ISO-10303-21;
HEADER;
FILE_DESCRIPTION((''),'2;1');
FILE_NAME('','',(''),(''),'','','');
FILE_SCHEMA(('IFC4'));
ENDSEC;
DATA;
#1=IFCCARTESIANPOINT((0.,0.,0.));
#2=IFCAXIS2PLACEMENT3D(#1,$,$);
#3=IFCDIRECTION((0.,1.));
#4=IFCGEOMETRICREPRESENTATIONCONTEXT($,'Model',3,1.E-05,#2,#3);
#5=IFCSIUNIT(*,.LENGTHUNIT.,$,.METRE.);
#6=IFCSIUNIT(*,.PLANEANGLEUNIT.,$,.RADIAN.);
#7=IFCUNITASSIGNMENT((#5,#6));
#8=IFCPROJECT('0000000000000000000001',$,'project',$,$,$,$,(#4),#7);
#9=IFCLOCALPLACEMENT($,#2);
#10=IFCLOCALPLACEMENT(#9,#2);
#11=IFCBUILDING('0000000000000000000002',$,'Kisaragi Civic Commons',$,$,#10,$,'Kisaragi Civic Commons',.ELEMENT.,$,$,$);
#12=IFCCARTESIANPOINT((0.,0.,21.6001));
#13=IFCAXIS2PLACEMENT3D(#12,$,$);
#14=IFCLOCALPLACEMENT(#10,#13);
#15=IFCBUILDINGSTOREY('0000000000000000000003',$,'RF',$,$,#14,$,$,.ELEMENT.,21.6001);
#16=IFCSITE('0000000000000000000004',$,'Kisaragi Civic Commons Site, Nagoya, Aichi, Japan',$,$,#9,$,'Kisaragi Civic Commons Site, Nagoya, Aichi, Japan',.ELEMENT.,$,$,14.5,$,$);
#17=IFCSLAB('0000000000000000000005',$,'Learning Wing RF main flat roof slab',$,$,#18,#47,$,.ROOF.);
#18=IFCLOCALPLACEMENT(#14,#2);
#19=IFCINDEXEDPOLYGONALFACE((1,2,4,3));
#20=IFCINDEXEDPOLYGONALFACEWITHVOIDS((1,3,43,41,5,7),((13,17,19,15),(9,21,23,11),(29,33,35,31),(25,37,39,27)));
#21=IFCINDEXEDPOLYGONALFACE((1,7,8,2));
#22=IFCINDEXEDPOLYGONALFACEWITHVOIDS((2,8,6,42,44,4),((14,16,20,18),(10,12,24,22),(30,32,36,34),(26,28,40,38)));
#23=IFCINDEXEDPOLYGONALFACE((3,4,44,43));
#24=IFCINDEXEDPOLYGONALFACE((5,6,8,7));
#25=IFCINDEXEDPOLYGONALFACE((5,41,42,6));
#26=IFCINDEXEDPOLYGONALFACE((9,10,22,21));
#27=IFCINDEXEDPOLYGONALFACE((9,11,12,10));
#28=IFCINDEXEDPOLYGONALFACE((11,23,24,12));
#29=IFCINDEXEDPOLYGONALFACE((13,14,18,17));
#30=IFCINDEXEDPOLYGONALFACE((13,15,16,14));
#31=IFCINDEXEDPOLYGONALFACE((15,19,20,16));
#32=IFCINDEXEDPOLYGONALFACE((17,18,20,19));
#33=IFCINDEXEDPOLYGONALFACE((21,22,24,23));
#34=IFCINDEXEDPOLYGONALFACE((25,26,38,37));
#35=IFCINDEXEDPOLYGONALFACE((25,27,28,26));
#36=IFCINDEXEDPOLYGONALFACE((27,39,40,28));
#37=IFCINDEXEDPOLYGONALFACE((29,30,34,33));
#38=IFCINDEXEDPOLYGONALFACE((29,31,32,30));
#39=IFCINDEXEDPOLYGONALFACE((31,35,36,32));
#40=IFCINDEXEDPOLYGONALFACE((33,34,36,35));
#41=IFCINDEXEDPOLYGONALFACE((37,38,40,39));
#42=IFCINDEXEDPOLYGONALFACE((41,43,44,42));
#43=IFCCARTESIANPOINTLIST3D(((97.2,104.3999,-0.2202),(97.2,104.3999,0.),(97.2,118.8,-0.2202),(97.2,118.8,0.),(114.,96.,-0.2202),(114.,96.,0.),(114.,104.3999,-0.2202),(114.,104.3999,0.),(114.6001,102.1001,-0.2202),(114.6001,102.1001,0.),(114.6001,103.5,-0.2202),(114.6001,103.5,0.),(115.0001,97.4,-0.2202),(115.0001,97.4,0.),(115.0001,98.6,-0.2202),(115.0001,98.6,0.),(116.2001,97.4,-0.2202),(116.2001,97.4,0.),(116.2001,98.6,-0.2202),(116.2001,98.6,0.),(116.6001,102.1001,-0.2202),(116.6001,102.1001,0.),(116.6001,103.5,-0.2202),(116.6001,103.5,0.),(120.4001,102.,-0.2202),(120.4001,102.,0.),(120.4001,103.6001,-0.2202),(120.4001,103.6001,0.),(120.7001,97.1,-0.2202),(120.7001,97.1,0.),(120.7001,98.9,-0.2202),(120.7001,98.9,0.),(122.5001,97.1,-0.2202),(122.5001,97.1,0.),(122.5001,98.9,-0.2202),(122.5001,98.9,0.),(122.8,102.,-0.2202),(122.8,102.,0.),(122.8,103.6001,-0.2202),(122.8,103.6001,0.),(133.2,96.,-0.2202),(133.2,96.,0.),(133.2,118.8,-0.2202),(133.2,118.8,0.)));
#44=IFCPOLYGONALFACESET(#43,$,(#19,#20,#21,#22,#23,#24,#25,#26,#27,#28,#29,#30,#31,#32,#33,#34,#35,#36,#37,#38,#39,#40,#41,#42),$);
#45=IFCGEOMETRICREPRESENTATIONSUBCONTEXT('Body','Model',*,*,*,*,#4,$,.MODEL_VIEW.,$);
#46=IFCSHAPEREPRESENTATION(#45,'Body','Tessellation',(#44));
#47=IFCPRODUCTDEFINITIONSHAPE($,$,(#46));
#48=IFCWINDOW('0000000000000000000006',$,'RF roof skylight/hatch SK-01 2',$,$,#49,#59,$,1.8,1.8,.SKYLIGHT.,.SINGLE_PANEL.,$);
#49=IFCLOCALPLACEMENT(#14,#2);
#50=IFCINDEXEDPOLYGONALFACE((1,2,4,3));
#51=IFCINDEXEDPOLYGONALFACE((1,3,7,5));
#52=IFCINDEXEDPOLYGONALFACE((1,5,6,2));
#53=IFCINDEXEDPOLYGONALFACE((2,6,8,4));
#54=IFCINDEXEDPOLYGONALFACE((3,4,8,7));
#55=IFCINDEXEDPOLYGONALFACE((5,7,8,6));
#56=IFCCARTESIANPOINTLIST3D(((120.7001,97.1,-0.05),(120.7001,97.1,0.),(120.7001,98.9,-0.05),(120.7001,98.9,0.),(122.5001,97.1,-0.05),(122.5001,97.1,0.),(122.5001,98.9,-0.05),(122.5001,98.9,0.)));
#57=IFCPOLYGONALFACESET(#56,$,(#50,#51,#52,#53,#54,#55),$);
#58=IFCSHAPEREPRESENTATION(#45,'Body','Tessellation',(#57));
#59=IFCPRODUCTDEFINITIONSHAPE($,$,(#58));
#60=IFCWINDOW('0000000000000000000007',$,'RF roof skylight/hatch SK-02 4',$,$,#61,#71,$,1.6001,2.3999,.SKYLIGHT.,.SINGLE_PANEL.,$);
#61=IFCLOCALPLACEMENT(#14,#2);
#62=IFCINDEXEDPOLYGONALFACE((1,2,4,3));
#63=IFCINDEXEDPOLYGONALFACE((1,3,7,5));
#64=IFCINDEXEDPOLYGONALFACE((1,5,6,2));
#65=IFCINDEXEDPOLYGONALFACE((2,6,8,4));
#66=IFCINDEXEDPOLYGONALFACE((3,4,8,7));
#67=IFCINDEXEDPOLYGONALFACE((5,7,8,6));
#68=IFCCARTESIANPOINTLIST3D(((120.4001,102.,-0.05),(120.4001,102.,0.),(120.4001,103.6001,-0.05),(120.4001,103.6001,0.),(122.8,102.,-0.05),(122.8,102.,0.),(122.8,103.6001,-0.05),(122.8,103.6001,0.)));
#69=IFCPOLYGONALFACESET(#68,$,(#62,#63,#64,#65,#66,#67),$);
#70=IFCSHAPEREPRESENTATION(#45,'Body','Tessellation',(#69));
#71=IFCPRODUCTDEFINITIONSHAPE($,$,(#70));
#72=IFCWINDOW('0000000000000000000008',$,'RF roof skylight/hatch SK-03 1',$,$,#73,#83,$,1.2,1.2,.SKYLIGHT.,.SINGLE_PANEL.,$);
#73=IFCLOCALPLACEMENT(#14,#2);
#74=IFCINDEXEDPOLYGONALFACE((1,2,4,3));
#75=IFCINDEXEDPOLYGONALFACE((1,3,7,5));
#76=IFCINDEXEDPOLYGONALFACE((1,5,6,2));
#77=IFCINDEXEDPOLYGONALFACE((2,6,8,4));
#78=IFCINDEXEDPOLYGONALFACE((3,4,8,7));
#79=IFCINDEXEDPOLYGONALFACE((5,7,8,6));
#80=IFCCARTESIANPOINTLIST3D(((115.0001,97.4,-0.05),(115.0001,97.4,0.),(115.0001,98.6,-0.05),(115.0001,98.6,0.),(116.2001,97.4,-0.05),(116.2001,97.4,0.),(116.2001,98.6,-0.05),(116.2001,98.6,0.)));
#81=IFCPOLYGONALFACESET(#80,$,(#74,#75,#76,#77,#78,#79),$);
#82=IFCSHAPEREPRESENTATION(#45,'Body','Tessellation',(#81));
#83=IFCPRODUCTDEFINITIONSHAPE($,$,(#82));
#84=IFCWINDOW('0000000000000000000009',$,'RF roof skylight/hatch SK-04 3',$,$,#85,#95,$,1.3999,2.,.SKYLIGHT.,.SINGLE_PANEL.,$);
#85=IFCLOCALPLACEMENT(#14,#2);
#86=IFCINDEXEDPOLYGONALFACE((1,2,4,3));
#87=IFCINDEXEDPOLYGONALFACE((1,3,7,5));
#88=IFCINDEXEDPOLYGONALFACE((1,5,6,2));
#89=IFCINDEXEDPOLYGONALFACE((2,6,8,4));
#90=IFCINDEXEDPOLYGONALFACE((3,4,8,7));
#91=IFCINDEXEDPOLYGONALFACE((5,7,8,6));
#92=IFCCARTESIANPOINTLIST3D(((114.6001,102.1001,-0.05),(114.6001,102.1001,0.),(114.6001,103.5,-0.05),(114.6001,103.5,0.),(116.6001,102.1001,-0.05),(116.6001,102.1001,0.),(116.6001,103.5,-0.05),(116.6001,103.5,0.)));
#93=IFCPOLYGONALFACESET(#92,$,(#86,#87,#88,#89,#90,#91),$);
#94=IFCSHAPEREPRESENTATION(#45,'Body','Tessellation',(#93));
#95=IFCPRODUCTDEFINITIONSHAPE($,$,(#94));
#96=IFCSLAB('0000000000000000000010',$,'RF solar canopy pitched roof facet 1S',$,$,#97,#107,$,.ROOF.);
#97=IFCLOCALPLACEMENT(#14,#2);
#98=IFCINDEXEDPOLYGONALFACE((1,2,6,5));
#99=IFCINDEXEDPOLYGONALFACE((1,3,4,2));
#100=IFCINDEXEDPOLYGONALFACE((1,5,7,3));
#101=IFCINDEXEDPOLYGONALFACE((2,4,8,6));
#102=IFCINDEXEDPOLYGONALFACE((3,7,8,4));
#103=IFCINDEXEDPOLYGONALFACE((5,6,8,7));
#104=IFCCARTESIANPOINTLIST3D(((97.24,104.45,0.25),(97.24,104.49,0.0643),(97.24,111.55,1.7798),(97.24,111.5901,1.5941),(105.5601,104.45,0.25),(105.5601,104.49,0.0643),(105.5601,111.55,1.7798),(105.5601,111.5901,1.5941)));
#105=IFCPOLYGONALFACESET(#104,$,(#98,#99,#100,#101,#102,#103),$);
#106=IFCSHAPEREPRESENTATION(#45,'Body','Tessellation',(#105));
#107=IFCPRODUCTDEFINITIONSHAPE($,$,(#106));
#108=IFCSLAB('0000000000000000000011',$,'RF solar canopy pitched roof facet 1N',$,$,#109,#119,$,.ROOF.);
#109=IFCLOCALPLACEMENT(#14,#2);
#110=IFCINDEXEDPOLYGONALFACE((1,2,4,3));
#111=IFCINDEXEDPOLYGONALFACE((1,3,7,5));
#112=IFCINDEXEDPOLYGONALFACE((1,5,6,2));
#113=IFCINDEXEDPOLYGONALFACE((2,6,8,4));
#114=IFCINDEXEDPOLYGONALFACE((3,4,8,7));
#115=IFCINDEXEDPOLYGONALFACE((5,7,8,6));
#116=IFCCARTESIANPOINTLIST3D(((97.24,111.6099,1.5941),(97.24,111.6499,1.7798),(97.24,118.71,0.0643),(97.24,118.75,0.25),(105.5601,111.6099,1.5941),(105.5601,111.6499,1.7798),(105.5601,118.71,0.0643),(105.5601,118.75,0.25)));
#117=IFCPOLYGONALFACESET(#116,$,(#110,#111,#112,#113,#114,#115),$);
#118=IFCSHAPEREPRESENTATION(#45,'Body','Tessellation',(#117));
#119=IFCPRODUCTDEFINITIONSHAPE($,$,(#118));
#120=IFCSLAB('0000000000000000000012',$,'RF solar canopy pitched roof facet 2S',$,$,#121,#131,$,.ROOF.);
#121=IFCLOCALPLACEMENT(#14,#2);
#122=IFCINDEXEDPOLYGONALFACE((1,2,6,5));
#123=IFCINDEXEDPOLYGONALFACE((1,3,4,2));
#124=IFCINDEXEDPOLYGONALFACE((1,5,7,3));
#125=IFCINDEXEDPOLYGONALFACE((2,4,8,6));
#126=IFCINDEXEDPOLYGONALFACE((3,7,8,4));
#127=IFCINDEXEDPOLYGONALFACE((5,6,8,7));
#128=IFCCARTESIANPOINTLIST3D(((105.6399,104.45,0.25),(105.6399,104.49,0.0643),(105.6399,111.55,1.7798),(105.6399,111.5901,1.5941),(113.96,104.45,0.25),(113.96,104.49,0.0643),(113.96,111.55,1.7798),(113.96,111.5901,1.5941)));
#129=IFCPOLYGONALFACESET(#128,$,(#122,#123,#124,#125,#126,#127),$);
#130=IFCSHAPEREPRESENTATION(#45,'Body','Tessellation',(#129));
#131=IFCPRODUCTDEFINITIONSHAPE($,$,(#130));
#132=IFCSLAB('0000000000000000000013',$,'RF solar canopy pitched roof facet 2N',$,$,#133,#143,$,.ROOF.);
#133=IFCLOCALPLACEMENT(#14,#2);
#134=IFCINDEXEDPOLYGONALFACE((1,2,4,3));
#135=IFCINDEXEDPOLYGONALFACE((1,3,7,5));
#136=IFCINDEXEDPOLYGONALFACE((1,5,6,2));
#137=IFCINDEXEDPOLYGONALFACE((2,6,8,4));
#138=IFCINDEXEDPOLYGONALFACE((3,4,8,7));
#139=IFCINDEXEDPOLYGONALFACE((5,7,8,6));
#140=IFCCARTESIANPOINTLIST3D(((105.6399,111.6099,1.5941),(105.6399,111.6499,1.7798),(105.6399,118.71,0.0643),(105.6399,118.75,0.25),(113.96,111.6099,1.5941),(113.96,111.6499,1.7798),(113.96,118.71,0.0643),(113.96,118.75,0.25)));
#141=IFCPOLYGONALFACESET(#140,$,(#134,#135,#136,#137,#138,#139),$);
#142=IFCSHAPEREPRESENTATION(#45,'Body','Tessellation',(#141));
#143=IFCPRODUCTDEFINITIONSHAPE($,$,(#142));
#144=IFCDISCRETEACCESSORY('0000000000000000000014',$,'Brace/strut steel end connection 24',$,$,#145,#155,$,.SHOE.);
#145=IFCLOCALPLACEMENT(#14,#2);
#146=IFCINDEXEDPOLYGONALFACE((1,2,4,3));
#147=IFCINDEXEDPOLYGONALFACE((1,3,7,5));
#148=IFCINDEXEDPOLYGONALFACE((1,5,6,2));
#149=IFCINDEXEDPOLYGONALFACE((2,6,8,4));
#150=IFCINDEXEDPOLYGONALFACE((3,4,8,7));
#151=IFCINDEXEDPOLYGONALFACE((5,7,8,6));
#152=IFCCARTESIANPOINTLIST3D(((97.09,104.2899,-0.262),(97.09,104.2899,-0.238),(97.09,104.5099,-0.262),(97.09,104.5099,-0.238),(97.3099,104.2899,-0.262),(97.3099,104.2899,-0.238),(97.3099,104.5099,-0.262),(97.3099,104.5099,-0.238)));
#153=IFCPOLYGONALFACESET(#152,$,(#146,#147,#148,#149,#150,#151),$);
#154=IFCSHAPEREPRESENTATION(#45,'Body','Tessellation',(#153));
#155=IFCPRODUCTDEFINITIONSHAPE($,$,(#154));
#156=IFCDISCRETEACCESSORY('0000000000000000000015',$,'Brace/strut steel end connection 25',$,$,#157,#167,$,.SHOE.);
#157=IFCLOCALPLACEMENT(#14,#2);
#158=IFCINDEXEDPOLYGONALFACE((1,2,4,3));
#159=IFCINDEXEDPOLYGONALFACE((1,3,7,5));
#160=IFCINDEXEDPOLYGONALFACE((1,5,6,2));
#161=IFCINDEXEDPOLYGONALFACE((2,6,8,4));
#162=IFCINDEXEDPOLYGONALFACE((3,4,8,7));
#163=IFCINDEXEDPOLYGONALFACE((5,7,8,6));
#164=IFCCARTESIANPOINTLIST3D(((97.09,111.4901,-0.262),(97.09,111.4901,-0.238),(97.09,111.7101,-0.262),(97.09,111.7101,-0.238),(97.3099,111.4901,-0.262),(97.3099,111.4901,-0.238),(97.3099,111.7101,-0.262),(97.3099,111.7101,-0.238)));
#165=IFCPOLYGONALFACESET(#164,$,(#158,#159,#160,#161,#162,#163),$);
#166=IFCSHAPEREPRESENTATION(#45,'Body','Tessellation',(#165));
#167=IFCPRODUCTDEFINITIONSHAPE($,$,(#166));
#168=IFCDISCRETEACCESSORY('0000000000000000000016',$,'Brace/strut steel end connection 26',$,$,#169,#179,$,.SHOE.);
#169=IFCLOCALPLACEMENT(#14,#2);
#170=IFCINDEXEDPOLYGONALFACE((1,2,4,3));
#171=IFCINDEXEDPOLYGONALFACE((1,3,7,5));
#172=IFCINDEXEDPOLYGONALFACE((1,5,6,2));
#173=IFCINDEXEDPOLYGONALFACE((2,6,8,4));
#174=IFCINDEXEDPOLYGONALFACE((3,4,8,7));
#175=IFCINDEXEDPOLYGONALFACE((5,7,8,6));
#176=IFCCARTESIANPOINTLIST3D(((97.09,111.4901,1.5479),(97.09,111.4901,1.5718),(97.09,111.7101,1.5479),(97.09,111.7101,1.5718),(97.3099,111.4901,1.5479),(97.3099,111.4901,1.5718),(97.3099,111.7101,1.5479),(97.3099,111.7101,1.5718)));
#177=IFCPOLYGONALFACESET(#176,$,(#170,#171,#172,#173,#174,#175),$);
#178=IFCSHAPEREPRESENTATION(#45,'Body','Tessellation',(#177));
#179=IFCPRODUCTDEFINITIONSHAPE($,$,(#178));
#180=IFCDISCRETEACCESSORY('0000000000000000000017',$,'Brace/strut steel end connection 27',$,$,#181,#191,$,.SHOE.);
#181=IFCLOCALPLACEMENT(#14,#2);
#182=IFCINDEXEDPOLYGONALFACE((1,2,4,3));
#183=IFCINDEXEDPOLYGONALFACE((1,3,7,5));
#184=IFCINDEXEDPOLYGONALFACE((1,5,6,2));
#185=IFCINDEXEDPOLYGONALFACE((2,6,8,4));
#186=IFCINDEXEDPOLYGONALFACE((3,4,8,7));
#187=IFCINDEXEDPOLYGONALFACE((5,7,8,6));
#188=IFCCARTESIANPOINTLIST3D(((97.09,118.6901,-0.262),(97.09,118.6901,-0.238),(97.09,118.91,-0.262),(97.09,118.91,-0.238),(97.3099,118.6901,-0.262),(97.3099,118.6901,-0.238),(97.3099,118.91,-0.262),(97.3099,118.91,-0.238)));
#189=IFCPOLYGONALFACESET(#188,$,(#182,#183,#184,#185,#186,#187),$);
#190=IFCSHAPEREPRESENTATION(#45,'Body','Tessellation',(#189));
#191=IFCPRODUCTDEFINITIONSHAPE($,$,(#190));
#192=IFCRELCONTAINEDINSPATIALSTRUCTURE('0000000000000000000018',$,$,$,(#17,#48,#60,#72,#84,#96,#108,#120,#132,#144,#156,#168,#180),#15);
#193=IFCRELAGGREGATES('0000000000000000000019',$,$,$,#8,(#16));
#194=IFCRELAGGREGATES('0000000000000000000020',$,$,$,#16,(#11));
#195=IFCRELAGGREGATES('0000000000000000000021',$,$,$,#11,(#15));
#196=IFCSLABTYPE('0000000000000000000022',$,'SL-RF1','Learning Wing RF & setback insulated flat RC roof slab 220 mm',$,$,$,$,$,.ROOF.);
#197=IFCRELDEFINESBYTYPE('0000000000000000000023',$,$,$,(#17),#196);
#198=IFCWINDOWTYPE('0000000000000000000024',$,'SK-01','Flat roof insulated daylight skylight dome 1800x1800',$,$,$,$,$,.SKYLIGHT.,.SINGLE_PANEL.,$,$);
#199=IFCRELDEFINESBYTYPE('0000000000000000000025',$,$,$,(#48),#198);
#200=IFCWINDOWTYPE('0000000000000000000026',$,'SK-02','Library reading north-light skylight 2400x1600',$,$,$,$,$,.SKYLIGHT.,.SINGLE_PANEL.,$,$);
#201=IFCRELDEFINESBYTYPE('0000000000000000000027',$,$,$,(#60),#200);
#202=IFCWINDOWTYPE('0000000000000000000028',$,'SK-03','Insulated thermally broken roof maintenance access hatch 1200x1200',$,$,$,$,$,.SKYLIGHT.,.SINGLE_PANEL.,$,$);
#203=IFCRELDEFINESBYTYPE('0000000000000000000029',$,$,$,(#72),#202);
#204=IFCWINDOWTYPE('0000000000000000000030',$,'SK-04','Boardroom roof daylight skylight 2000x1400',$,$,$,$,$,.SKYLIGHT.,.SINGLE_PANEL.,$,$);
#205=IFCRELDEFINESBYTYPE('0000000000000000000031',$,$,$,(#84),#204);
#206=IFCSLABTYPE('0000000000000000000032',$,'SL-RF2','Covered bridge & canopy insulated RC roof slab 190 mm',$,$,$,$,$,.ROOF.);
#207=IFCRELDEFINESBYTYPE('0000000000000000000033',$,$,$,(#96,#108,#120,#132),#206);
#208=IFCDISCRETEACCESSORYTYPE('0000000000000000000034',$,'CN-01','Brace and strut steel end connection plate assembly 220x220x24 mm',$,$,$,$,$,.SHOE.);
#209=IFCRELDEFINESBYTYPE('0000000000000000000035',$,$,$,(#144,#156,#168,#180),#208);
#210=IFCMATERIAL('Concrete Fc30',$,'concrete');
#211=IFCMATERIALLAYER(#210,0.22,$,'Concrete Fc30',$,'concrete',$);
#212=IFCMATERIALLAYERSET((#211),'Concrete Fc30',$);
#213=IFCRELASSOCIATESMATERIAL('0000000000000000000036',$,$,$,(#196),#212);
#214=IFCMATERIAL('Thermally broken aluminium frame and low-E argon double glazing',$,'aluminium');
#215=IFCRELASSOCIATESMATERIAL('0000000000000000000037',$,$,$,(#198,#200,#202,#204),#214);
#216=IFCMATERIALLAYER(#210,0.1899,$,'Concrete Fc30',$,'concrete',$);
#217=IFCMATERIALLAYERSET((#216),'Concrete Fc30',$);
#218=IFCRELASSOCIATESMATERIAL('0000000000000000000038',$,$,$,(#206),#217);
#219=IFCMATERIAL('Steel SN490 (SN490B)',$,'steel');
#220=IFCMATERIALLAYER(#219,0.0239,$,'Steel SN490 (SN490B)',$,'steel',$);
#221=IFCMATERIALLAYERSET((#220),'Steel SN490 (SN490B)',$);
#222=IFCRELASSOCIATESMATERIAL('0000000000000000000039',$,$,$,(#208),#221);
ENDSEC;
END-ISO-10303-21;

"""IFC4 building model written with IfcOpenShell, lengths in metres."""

from ifc_helpers import new_model, si_unit, direction, frame, origin, origin_2d, place, context, subcontext, project, spatial, polyline, rectangle, outline, extrude, material, layer, layer_set, type_object, element, fill, save


model = new_model("IFC4")

# Units and contexts
model_context = context("Model", 3, precision=1e-05, world=origin(), true_north=direction((0.0, 1.0)))
body_context = subcontext(model_context, "Body", "Model", "MODEL_VIEW")
ifc_project = project(units=[si_unit("LENGTHUNIT", "METRE"), si_unit("PLANEANGLEUNIT", "RADIAN")], contexts=[model_context])

# Site, building, storey
site_placement = place(None, origin())
site = spatial("IfcSite", under=ifc_project, at=site_placement, Name="Kisaragi Civic Commons Site, Nagoya, Aichi, Japan", LongName="Kisaragi Civic Commons Site, Nagoya, Aichi, Japan", CompositionType="ELEMENT", RefElevation=14.5)
building_placement = place(site_placement, origin())
building = spatial("IfcBuilding", under=site, at=building_placement, Name="Kisaragi Civic Commons", LongName="Kisaragi Civic Commons", CompositionType="ELEMENT")
storey_placement = place(building_placement, frame((0.0, 0.0, 21.6001)))
storey = spatial("IfcBuildingStorey", under=building, at=storey_placement, Name="RF", CompositionType="ELEMENT", Elevation=21.6001)

# Shared definitions
ifc_material_1 = material(Name="Concrete Fc30", Category="concrete")

# Shared definitions
ifc_material_2 = material(Name="Steel SN490 (SN490B)", Category="steel")

# Slab, openings, windows
ifc_layer_1 = layer(ifc_material_1, 0.22, Name="Concrete Fc30", Category="concrete")
ifc_layer_set_1 = layer_set([ifc_layer_1], Name="Concrete Fc30")
slab_type_1 = type_object("IfcSlabType", Name="SL-RF1", Description="Learning Wing RF & setback insulated flat RC roof slab 220 mm", PredefinedType="ROOF", material=ifc_layer_set_1)
slab_placement = place(storey_placement, frame((0.0, 0.0, -0.2202)))
slab = element("IfcSlab", 1, at=slab_placement, inside=storey, type_object=slab_type_1, Name="Learning Wing RF main flat roof slab", PredefinedType="ROOF", context=body_context, shape_type="SweptSolid", body=[
    extrude(outline(polyline([(97.2, 104.3999), (114.0, 104.3999), (114.0, 96.0), (133.2, 96.0), (133.2, 118.8), (97.2, 118.8), (97.2, 104.3999)])), origin(), (0.0, 0.0, 1.0), 0.2202),
])
opening_1_placement = place(slab_placement, frame((115.6001, 98.0, -0.01)))
opening_1 = element("IfcOpeningElement", 2, at=opening_1_placement, cuts=slab, PredefinedType="OPENING", context=body_context, shape_type="SweptSolid", body=[
    extrude(rectangle(XDim=1.2, YDim=1.2, at=origin_2d()), origin(), (0.0, 0.0, 1.0), 0.2402),
])
opening_2_placement = place(slab_placement, frame((121.6001, 98.0, -0.01)))
opening_2 = element("IfcOpeningElement", 3, at=opening_2_placement, cuts=slab, PredefinedType="OPENING", context=body_context, shape_type="SweptSolid", body=[
    extrude(rectangle(XDim=1.8, YDim=1.8, at=origin_2d()), origin(), (0.0, 0.0, 1.0), 0.2402),
])
opening_3_placement = place(slab_placement, frame((115.6001, 102.8, -0.01)))
opening_3 = element("IfcOpeningElement", 4, at=opening_3_placement, cuts=slab, PredefinedType="OPENING", context=body_context, shape_type="SweptSolid", body=[
    extrude(rectangle(XDim=2.0, YDim=1.3999, at=origin_2d()), origin(), (0.0, 0.0, 1.0), 0.2402),
])
opening_4_placement = place(slab_placement, frame((121.6001, 102.8, -0.01)))
opening_4 = element("IfcOpeningElement", 5, at=opening_4_placement, cuts=slab, PredefinedType="OPENING", context=body_context, shape_type="SweptSolid", body=[
    extrude(rectangle(XDim=2.3999, YDim=1.6001, at=origin_2d()), origin(), (0.0, 0.0, 1.0), 0.2402),
])
ifc_material_3 = material(Name="Thermally broken aluminium frame and low-E argon double glazing", Category="aluminium")
window_type_1 = type_object("IfcWindowType", Name="SK-01", Description="Flat roof insulated daylight skylight dome 1800x1800", PartitioningType="SINGLE_PANEL", PredefinedType="SKYLIGHT", material=ifc_material_3)
window_1_placement = place(slab_placement, frame((121.6001, 98.0, 0.1702)))
window_1 = element("IfcWindow", 6, at=window_1_placement, inside=storey, type_object=window_type_1, Name="RF roof skylight/hatch SK-01 2", OverallHeight=1.8, OverallWidth=1.8, PartitioningType="SINGLE_PANEL", PredefinedType="SKYLIGHT", context=body_context, shape_type="SweptSolid", body=[
    extrude(rectangle(XDim=1.8, YDim=1.8, at=origin_2d()), origin(), (0.0, 0.0, 1.0), 0.05),
])
fill(opening_2, window_1)
window_type_2 = type_object("IfcWindowType", Name="SK-02", Description="Library reading north-light skylight 2400x1600", PartitioningType="SINGLE_PANEL", PredefinedType="SKYLIGHT", material=ifc_material_3)
window_2_placement = place(slab_placement, frame((121.6001, 102.8, 0.1702)))
window_2 = element("IfcWindow", 7, at=window_2_placement, inside=storey, type_object=window_type_2, Name="RF roof skylight/hatch SK-02 4", OverallHeight=1.6001, OverallWidth=2.3999, PartitioningType="SINGLE_PANEL", PredefinedType="SKYLIGHT", context=body_context, shape_type="SweptSolid", body=[
    extrude(rectangle(XDim=2.3999, YDim=1.6001, at=origin_2d()), origin(), (0.0, 0.0, 1.0), 0.05),
])
fill(opening_4, window_2)
window_type_3 = type_object("IfcWindowType", Name="SK-03", Description="Insulated thermally broken roof maintenance access hatch 1200x1200", PartitioningType="SINGLE_PANEL", PredefinedType="SKYLIGHT", material=ifc_material_3)
window_3_placement = place(slab_placement, frame((115.6001, 98.0, 0.1702)))
window_3 = element("IfcWindow", 8, at=window_3_placement, inside=storey, type_object=window_type_3, Name="RF roof skylight/hatch SK-03 1", OverallHeight=1.2, OverallWidth=1.2, PartitioningType="SINGLE_PANEL", PredefinedType="SKYLIGHT", context=body_context, shape_type="SweptSolid", body=[
    extrude(rectangle(XDim=1.2, YDim=1.2, at=origin_2d()), origin(), (0.0, 0.0, 1.0), 0.05),
])
fill(opening_1, window_3)
window_type_4 = type_object("IfcWindowType", Name="SK-04", Description="Boardroom roof daylight skylight 2000x1400", PartitioningType="SINGLE_PANEL", PredefinedType="SKYLIGHT", material=ifc_material_3)
window_4_placement = place(slab_placement, frame((115.6001, 102.8, 0.1702)))
window_4 = element("IfcWindow", 9, at=window_4_placement, inside=storey, type_object=window_type_4, Name="RF roof skylight/hatch SK-04 3", OverallHeight=1.3999, OverallWidth=2.0, PartitioningType="SINGLE_PANEL", PredefinedType="SKYLIGHT", context=body_context, shape_type="SweptSolid", body=[
    extrude(rectangle(XDim=2.0, YDim=1.3999, at=origin_2d()), origin(), (0.0, 0.0, 1.0), 0.05),
])
fill(opening_3, window_4)

# Slabs
ifc_layer_2 = layer(ifc_material_1, 0.1899, Name="Concrete Fc30", Category="concrete")
ifc_layer_set_2 = layer_set([ifc_layer_2], Name="Concrete Fc30")
slab_type_2 = type_object("IfcSlabType", Name="SL-RF2", Description="Covered bridge & canopy insulated RC roof slab 190 mm", PredefinedType="ROOF", material=ifc_layer_set_2)
for number, where, z_axis, x_axis, name in (
    (10, (97.24, 104.45, 0.25), (0.0, -0.210626, 0.977567), (1.0, 0.0, 0.0), "RF solar canopy pitched roof facet 1S"),
    (11, (97.24, 111.6499, 1.7798), (0.0, 0.210626, 0.977567), (1.0, 0.0, 0.0), "RF solar canopy pitched roof facet 1N"),
    (12, (105.6399, 104.45, 0.25), (0.0, -0.210626, 0.977567), (1.0, 0.0, 0.0), "RF solar canopy pitched roof facet 2S"),
    (13, (105.6399, 111.6499, 1.7798), (0.0, 0.210626, 0.977567), (1.0, 0.0, 0.0), "RF solar canopy pitched roof facet 2N"),
):
    element("IfcSlab", number, at=place(storey_placement, frame(where, z_axis=z_axis, x_axis=x_axis)), inside=storey, type_object=slab_type_2, Name=name, PredefinedType="ROOF", context=body_context, shape_type="SweptSolid", body=[
        extrude(outline(polyline([(0.0, 0.0), (8.3201, 0.0), (8.3201, 7.263), (0.0, 7.263), (0.0, 0.0)])), origin(), (0.0, 0.0, -1.0), 0.1899),
    ])

# Discrete accessories
ifc_layer_3 = layer(ifc_material_2, 0.0239, Name="Steel SN490 (SN490B)", Category="steel")
ifc_layer_set_3 = layer_set([ifc_layer_3], Name="Steel SN490 (SN490B)")
discrete_accessory_type = type_object("IfcDiscreteAccessoryType", Name="CN-01", Description="Brace and strut steel end connection plate assembly 220x220x24 mm", PredefinedType="SHOE", material=ifc_layer_set_3)
for number, where, z_axis, x_axis, name in (
    (14, (97.2, 104.3999, -0.262), (0.0, 0.0, 1.0), (1.0, 0.0, 0.0), "Brace/strut steel end connection 24"),
    (15, (97.2, 111.6001, -0.262), (0.0, 0.0, 1.0), (1.0, 0.0, 0.0), "Brace/strut steel end connection 25"),
    (16, (97.2, 111.6001, 1.5479), (0.0, 0.0, 1.0), (1.0, 0.0, 0.0), "Brace/strut steel end connection 26"),
    (17, (97.2, 118.8, -0.262), (0.0, 0.0, 1.0), (1.0, 0.0, 0.0), "Brace/strut steel end connection 27"),
):
    element("IfcDiscreteAccessory", number, at=place(storey_placement, frame(where, z_axis=z_axis, x_axis=x_axis)), inside=storey, type_object=discrete_accessory_type, Name=name, PredefinedType="SHOE", context=body_context, shape_type="SweptSolid", body=[
        extrude(rectangle(XDim=0.22, YDim=0.22, at=origin_2d()), origin(), (0.0, 0.0, 1.0), 0.0239),
    ])

save(model, "model.ifc")
